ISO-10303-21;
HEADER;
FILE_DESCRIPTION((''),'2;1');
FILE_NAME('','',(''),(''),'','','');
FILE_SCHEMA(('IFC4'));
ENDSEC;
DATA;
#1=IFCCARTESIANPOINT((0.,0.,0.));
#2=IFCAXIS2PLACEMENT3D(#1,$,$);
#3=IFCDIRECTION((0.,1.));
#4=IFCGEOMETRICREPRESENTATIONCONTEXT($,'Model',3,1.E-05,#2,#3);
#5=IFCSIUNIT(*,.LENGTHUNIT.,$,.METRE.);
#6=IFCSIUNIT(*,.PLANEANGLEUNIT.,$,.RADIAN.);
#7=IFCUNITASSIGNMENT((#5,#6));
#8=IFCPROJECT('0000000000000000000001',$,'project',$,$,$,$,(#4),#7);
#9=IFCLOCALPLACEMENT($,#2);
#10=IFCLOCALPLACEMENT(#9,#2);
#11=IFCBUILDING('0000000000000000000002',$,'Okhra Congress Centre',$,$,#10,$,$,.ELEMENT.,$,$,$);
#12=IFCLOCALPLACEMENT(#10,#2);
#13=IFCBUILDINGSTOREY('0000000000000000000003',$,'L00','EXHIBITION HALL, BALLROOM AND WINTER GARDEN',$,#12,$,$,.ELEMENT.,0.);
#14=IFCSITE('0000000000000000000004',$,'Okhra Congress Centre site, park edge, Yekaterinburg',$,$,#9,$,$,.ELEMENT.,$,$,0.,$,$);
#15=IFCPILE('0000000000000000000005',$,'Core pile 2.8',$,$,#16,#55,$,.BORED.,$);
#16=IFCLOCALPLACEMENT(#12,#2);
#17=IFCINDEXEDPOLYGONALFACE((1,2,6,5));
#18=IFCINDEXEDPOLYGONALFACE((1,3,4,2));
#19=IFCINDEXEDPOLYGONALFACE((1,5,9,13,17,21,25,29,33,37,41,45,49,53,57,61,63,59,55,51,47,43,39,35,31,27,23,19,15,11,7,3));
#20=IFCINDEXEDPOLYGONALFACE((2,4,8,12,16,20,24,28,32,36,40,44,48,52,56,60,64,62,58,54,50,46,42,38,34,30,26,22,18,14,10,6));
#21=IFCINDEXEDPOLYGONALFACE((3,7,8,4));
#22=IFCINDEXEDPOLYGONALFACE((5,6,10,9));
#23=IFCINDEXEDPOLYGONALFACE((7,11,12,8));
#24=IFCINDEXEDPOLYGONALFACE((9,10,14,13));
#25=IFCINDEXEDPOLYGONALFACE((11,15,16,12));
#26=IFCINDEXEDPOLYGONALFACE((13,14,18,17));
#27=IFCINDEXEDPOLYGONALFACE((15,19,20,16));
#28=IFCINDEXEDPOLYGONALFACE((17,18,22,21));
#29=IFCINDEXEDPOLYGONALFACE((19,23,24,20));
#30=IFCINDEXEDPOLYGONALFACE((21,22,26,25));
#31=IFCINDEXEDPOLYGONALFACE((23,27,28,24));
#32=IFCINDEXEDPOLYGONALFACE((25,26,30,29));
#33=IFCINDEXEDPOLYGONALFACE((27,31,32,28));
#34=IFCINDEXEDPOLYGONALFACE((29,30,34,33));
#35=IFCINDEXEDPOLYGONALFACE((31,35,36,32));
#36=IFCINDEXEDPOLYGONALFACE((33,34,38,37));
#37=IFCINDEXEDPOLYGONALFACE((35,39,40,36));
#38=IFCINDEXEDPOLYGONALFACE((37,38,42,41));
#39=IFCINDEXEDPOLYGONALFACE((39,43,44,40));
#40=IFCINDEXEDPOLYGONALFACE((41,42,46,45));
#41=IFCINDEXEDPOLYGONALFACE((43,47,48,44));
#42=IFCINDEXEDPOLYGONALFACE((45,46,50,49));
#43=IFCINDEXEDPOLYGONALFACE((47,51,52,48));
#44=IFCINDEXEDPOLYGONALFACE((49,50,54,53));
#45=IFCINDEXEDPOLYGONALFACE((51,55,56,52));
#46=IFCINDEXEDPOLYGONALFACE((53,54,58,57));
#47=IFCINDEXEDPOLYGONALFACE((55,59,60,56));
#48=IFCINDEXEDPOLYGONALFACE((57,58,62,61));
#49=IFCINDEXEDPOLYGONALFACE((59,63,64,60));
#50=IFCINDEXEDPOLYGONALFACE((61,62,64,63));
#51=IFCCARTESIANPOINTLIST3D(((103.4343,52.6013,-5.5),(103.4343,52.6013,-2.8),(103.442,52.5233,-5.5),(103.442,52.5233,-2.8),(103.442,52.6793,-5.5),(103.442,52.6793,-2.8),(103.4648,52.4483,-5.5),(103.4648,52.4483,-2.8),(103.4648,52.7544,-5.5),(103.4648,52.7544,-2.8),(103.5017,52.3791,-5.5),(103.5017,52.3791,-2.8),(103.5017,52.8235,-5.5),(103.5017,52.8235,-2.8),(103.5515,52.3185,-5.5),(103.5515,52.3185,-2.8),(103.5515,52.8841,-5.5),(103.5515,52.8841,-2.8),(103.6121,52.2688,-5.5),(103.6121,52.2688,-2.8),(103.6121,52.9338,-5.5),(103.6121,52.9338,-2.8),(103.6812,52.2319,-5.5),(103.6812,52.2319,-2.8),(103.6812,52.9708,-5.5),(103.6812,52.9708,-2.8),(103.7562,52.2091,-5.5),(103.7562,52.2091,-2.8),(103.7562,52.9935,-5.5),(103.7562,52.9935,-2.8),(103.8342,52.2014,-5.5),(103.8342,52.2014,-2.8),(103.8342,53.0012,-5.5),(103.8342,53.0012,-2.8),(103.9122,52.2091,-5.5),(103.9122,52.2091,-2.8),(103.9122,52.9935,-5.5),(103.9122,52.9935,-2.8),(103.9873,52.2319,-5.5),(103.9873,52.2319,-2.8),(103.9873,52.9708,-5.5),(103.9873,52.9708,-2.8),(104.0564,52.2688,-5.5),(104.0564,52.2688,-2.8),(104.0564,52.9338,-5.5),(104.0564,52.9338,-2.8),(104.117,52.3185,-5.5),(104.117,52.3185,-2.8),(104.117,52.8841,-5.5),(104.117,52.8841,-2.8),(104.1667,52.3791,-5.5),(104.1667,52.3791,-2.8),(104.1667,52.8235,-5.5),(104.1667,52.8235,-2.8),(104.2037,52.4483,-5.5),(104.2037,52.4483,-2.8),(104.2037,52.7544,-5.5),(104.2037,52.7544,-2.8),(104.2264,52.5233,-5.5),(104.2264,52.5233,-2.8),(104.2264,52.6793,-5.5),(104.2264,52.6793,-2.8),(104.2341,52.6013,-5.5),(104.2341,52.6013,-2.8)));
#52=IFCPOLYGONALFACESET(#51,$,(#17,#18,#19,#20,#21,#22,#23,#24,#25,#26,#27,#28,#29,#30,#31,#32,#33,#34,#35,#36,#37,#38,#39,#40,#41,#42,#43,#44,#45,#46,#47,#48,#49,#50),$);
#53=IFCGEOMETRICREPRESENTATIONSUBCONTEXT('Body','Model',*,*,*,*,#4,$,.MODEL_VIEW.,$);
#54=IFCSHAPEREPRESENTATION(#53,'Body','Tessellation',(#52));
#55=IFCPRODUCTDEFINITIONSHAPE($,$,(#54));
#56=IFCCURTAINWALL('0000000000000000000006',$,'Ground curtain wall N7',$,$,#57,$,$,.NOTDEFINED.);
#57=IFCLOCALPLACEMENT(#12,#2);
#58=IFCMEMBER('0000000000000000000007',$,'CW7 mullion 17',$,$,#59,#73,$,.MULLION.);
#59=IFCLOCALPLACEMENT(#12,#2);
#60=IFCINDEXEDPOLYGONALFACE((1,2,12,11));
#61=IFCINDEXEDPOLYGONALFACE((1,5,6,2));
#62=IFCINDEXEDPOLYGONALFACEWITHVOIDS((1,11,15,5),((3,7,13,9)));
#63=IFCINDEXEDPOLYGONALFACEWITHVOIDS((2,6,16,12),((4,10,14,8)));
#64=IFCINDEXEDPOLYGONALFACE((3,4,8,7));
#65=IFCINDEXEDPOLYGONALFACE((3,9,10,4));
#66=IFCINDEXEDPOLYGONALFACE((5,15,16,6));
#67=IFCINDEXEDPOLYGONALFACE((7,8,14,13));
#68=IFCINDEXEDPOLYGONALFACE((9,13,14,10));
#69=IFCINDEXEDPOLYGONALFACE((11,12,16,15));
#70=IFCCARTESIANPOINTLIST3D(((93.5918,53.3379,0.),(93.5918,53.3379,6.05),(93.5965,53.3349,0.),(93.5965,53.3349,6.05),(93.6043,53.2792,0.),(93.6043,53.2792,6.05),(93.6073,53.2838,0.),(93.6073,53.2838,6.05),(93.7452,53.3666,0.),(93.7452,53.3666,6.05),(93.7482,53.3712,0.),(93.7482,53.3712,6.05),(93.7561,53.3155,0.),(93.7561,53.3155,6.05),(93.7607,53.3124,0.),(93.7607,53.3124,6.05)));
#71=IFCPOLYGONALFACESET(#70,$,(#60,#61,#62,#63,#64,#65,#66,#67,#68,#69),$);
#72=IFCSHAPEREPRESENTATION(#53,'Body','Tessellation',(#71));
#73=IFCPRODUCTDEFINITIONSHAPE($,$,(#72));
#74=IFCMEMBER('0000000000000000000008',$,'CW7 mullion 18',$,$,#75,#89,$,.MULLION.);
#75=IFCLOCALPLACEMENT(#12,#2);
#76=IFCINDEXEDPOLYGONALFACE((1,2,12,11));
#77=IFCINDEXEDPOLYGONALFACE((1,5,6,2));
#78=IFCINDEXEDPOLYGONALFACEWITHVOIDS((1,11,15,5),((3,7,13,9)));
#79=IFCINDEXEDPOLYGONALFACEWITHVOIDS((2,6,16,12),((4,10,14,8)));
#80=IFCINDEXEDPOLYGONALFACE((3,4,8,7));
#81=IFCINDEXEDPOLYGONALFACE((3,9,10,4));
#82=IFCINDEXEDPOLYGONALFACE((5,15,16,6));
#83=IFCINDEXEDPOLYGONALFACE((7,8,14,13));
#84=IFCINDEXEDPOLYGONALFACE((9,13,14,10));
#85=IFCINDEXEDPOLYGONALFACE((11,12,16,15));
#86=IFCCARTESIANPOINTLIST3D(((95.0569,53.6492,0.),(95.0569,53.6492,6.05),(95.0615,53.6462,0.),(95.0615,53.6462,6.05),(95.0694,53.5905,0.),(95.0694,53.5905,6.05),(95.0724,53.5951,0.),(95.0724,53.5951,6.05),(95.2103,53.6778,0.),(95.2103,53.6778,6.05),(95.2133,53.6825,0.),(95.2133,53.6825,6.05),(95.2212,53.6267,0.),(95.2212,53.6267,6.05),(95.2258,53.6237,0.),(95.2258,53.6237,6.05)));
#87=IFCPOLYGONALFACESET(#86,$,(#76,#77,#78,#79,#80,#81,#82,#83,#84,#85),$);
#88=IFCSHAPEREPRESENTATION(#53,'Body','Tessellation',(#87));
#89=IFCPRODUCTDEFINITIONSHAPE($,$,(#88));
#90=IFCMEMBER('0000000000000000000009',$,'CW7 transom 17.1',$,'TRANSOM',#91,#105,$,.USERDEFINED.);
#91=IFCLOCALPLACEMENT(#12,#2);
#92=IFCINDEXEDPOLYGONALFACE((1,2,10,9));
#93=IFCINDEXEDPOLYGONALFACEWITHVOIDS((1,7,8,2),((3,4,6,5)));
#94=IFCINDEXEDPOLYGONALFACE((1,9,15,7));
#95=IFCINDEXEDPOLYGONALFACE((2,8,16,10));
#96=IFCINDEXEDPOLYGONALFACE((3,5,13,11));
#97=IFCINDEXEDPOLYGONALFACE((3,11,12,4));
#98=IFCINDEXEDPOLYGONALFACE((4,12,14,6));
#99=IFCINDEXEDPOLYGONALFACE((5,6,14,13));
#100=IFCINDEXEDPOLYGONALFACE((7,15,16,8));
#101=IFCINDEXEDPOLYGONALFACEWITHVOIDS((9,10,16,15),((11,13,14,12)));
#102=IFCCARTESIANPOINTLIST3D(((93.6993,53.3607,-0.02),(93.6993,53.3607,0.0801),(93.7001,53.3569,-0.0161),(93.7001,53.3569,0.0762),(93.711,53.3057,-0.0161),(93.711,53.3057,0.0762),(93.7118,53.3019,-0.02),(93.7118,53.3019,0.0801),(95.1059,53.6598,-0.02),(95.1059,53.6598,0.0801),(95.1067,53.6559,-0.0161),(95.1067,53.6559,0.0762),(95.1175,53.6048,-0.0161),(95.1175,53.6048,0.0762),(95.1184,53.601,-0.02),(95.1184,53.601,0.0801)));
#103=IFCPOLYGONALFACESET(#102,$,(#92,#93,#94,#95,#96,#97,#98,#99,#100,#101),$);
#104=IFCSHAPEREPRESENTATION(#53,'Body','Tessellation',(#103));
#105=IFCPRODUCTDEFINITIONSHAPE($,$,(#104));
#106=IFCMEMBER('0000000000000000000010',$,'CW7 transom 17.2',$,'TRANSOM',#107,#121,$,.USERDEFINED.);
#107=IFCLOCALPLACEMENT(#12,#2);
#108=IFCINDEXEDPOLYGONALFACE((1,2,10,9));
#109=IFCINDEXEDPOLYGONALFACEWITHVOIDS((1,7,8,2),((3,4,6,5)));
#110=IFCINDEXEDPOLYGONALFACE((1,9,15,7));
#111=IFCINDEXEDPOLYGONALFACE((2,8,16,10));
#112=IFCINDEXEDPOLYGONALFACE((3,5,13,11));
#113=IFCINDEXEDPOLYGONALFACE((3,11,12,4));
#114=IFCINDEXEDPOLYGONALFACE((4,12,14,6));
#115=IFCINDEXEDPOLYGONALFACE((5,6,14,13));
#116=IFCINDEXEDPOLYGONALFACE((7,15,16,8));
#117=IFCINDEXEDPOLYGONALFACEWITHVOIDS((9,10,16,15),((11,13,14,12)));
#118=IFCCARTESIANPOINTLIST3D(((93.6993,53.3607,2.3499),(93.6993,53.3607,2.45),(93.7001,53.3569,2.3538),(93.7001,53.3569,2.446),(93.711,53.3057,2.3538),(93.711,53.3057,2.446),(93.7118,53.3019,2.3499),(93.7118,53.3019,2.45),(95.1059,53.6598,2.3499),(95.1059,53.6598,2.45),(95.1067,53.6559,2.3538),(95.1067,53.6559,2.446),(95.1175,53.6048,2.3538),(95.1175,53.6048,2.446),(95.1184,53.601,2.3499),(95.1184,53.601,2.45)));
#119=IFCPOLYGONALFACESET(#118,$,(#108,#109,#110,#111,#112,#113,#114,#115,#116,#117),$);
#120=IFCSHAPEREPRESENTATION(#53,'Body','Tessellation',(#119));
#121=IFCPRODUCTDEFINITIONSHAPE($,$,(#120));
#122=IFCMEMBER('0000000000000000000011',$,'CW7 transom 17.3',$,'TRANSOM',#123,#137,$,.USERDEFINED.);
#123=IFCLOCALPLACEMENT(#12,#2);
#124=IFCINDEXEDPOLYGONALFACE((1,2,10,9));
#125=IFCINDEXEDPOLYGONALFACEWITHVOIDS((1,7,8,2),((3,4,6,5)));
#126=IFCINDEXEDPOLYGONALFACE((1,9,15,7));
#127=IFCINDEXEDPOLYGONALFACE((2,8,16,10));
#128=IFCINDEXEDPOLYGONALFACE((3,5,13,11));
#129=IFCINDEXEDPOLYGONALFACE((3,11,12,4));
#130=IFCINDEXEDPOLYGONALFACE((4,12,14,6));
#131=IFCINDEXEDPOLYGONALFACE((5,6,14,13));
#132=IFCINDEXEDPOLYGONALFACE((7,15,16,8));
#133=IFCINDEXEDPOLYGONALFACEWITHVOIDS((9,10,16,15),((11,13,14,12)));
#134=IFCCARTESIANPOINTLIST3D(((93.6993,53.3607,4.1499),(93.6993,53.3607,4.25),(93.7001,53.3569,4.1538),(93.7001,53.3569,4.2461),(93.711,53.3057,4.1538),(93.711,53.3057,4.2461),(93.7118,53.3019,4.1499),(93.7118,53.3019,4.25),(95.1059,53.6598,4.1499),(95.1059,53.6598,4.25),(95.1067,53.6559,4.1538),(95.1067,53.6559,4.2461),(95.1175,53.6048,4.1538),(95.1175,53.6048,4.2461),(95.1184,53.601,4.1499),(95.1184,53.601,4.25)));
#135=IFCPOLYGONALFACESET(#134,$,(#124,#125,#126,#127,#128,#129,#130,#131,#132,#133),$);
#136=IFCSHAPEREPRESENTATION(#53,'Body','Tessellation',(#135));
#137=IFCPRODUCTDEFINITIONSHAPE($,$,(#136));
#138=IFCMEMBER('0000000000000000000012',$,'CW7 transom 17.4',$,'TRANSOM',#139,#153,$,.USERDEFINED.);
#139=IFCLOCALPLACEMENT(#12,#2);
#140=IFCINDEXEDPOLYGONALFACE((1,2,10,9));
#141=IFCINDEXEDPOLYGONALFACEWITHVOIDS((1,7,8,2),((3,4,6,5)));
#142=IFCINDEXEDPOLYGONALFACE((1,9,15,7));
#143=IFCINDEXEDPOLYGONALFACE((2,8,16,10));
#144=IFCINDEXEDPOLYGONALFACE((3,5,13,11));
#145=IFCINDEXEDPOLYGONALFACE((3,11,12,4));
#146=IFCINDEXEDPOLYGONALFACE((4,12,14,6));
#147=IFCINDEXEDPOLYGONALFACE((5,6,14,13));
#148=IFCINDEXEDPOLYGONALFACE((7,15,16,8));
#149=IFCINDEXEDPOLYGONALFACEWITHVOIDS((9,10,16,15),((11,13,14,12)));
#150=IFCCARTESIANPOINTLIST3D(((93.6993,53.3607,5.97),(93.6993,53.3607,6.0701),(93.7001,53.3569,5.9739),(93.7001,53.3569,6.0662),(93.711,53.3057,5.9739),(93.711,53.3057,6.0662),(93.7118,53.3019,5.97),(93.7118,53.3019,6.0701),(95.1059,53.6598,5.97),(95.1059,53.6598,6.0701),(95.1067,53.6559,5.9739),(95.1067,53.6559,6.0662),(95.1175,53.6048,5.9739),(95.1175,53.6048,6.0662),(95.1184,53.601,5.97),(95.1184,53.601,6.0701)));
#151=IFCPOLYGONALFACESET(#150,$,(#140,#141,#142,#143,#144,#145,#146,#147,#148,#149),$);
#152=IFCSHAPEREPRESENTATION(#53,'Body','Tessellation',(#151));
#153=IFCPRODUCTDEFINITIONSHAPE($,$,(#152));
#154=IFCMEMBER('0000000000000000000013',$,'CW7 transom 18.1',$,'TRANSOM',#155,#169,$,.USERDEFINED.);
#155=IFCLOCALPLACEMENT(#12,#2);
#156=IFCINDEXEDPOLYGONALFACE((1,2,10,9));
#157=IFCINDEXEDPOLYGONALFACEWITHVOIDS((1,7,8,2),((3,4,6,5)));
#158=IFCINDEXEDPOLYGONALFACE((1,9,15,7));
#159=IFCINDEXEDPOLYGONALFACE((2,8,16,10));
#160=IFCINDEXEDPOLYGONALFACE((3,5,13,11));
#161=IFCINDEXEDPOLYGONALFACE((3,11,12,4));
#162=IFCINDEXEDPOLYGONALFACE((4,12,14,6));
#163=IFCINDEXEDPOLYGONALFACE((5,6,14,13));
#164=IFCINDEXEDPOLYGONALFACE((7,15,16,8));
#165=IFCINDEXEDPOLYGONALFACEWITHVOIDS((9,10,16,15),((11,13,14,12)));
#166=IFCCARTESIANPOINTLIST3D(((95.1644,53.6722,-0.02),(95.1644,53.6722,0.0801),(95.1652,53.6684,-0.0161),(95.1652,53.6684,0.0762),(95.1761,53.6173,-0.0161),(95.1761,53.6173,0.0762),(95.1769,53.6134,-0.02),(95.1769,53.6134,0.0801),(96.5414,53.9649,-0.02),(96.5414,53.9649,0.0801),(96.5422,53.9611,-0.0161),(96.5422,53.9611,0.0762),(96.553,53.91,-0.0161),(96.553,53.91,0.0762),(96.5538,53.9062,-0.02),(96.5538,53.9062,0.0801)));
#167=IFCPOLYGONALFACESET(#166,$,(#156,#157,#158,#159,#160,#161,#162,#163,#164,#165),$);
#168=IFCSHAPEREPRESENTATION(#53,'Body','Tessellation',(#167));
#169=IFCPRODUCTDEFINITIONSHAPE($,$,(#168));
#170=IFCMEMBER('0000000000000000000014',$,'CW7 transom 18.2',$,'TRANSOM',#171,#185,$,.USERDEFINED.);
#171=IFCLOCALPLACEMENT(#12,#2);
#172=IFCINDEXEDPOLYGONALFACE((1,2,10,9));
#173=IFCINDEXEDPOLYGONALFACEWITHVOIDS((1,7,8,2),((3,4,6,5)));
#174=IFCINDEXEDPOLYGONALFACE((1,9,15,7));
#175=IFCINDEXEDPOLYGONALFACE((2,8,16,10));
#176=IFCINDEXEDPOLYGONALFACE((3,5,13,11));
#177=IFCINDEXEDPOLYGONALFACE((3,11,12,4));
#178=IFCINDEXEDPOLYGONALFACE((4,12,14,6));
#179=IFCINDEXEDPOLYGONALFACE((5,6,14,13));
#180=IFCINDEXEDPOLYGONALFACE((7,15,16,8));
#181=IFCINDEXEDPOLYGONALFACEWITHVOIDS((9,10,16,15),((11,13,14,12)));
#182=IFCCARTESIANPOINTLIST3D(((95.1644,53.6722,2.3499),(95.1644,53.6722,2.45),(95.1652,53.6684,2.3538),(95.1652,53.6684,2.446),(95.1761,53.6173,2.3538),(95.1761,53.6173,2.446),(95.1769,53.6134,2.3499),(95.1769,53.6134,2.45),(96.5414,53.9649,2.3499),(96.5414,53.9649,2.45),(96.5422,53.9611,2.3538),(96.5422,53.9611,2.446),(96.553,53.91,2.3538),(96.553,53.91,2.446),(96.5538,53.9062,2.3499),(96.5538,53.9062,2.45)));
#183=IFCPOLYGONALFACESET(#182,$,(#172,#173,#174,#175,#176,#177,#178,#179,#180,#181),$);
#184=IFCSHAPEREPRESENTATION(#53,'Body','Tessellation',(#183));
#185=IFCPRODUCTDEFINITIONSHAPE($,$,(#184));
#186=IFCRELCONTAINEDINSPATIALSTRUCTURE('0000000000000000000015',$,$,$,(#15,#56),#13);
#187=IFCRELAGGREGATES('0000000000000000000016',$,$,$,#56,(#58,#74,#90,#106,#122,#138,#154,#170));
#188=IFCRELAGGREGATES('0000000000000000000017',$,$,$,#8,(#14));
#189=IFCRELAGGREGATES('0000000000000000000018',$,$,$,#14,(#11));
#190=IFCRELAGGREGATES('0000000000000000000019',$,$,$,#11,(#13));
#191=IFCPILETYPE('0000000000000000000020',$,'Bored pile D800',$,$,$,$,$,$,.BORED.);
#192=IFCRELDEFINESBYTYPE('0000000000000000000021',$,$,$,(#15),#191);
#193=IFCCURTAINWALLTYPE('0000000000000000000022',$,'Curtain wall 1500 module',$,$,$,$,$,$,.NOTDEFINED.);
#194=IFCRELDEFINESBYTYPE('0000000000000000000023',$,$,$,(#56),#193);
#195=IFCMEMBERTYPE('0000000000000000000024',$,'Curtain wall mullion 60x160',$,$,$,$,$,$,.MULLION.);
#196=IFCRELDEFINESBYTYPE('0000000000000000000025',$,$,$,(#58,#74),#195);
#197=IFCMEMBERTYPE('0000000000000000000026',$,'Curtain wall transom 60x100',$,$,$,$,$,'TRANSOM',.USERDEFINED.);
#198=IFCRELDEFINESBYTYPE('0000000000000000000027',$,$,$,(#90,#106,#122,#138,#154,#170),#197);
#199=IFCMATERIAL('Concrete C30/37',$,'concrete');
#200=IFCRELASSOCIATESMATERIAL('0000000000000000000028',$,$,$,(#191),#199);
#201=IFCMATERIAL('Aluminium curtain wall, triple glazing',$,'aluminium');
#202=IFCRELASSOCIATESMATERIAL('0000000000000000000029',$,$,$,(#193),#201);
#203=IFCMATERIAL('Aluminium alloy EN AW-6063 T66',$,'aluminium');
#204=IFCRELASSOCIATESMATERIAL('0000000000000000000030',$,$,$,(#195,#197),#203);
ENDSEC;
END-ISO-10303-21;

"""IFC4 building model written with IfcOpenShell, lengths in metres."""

from ifc_helpers import new_model, si_unit, direction, frame, origin, origin_2d, place, context, subcontext, project, spatial, hollow_rectangle, circle, extrude, material, material_profile, profile_set, type_object, element, aggregate, save


model = new_model("IFC4")

# Units and contexts
model_context = context("Model", 3, precision=1e-05, world=origin(), true_north=direction((0.0, 1.0)))
body_context = subcontext(model_context, "Body", "Model", "MODEL_VIEW")
ifc_project = project(units=[si_unit("LENGTHUNIT", "METRE"), si_unit("PLANEANGLEUNIT", "RADIAN")], contexts=[model_context])

# Site, building, storey
site_placement = place(None, origin())
site = spatial("IfcSite", under=ifc_project, at=site_placement, Name="Okhra Congress Centre site, park edge, Yekaterinburg", CompositionType="ELEMENT", RefElevation=0.0)
building_placement = place(site_placement, origin())
building = spatial("IfcBuilding", under=site, at=building_placement, Name="Okhra Congress Centre", CompositionType="ELEMENT")
storey_placement = place(building_placement, origin())
storey = spatial("IfcBuildingStorey", under=building, at=storey_placement, Name="L00", Description="EXHIBITION HALL, BALLROOM AND WINTER GARDEN", CompositionType="ELEMENT", Elevation=0.0)

# Pile
ifc_material_1 = material(Name="Concrete C30/37", Category="concrete")
ifc_material_profile_1 = material_profile(ifc_material_1, circle(Radius=0.3999, at=origin_2d()), Name="D800")
ifc_profile_set_1 = profile_set([ifc_material_profile_1], Name="Concrete C30/37")
pile_type = type_object("IfcPileType", Name="Bored pile D800", PredefinedType="BORED", material=ifc_profile_set_1)
pile_placement = place(storey_placement, frame((103.8342, 52.6013, -2.8), z_axis=(0.0, 0.0, -1.0), x_axis=(1.0, 0.0, 0.0)))
element("IfcPile", 1, at=pile_placement, inside=storey, type_object=pile_type, Name="Core pile 2.8", PredefinedType="BORED", context=body_context, shape_type="SweptSolid", body=[
    extrude(circle(Radius=0.3999, at=origin_2d()), origin(), (0.0, 0.0, 1.0), 2.7),
])

# Curtain wall, members
ifc_material_2 = material(Name="Aluminium curtain wall, triple glazing", Category="aluminium")
curtain_wall_type = type_object("IfcCurtainWallType", Name="Curtain wall 1500 module", PredefinedType="NOTDEFINED", material=ifc_material_2)
curtain_wall_placement = place(storey_placement, origin())
curtain_wall = element("IfcCurtainWall", 2, at=curtain_wall_placement, inside=storey, type_object=curtain_wall_type, Name="Ground curtain wall N7", PredefinedType="NOTDEFINED")
ifc_material_3 = material(Name="Aluminium alloy EN AW-6063 T66", Category="aluminium")
ifc_material_profile_2 = material_profile(ifc_material_3, hollow_rectangle(XDim=0.0601, YDim=0.1599, WallThickness=0.0039, at=origin_2d()), Name="RHS 60x160x4")
ifc_profile_set_2 = profile_set([ifc_material_profile_2], Name="Aluminium alloy EN AW-6063 T66")
member_type_1 = type_object("IfcMemberType", Name="Curtain wall mullion 60x160", PredefinedType="MULLION", material=ifc_profile_set_2)
member_1_placement = place(storey_placement, frame((93.6763, 53.3252, 0.0), z_axis=(0.0, 0.0, 1.0), x_axis=(-0.207912, 0.978148, 0.0)))
member_1 = element("IfcMember", 3, at=member_1_placement, type_object=member_type_1, Name="CW7 mullion 17", PredefinedType="MULLION", context=body_context, shape_type="SweptSolid", body=[
    extrude(hollow_rectangle(XDim=0.0601, YDim=0.1599, WallThickness=0.0039, at=origin_2d()), origin(), (0.0, 0.0, 1.0), 6.05),
])
member_2_placement = place(storey_placement, frame((95.1414, 53.6365, 0.0), z_axis=(0.0, 0.0, 1.0), x_axis=(-0.207912, 0.978148, 0.0)))
member_2 = element("IfcMember", 4, at=member_2_placement, type_object=member_type_1, Name="CW7 mullion 18", PredefinedType="MULLION", context=body_context, shape_type="SweptSolid", body=[
    extrude(hollow_rectangle(XDim=0.0601, YDim=0.1599, WallThickness=0.0039, at=origin_2d()), origin(), (0.0, 0.0, 1.0), 6.05),
])
ifc_material_profile_3 = material_profile(ifc_material_3, hollow_rectangle(XDim=0.0601, YDim=0.1001, WallThickness=0.0039, at=origin_2d()), Name="RHS 60x100x4")
ifc_profile_set_3 = profile_set([ifc_material_profile_3], Name="Aluminium alloy EN AW-6063 T66")
member_type_2 = type_object("IfcMemberType", Name="Curtain wall transom 60x100", ElementType="TRANSOM", PredefinedType="USERDEFINED", material=ifc_profile_set_3)
member_3_placement = place(storey_placement, frame((93.7056, 53.3313, 0.03), z_axis=(0.978132, 0.207987, 0.0), x_axis=(-0.207987, 0.978132, 0.0)))
member_3 = element("IfcMember", 5, at=member_3_placement, type_object=member_type_2, Name="CW7 transom 17.1", ObjectType="TRANSOM", PredefinedType="USERDEFINED", context=body_context, shape_type="SweptSolid", body=[
    extrude(hollow_rectangle(XDim=0.0601, YDim=0.1001, WallThickness=0.0039, at=origin_2d()), origin(), (0.0, 0.0, 1.0), 1.438),
])
member_4_placement = place(storey_placement, frame((93.7056, 53.3313, 2.3999), z_axis=(0.978132, 0.207987, 0.0), x_axis=(-0.207987, 0.978132, 0.0)))
member_4 = element("IfcMember", 6, at=member_4_placement, type_object=member_type_2, Name="CW7 transom 17.2", ObjectType="TRANSOM", PredefinedType="USERDEFINED", context=body_context, shape_type="SweptSolid", body=[
    extrude(hollow_rectangle(XDim=0.0601, YDim=0.1001, WallThickness=0.0039, at=origin_2d()), origin(), (0.0, 0.0, 1.0), 1.438),
])
member_5_placement = place(storey_placement, frame((93.7056, 53.3313, 4.2), z_axis=(0.978132, 0.207987, 0.0), x_axis=(-0.207987, 0.978132, 0.0)))
member_5 = element("IfcMember", 7, at=member_5_placement, type_object=member_type_2, Name="CW7 transom 17.3", ObjectType="TRANSOM", PredefinedType="USERDEFINED", context=body_context, shape_type="SweptSolid", body=[
    extrude(hollow_rectangle(XDim=0.0601, YDim=0.1001, WallThickness=0.0039, at=origin_2d()), origin(), (0.0, 0.0, 1.0), 1.438),
])
member_6_placement = place(storey_placement, frame((93.7056, 53.3313, 6.02), z_axis=(0.978132, 0.207987, 0.0), x_axis=(-0.207987, 0.978132, 0.0)))
member_6 = element("IfcMember", 8, at=member_6_placement, type_object=member_type_2, Name="CW7 transom 17.4", ObjectType="TRANSOM", PredefinedType="USERDEFINED", context=body_context, shape_type="SweptSolid", body=[
    extrude(hollow_rectangle(XDim=0.0601, YDim=0.1001, WallThickness=0.0039, at=origin_2d()), origin(), (0.0, 0.0, 1.0), 1.438),
])
member_7_placement = place(storey_placement, frame((95.1707, 53.6428, 0.03), z_axis=(0.978141, 0.207942, 0.0), x_axis=(-0.207942, 0.978141, 0.0)))
member_7 = element("IfcMember", 9, at=member_7_placement, type_object=member_type_2, Name="CW7 transom 18.1", ObjectType="TRANSOM", PredefinedType="USERDEFINED", context=body_context, shape_type="SweptSolid", body=[
    extrude(hollow_rectangle(XDim=0.0601, YDim=0.1001, WallThickness=0.0039, at=origin_2d()), origin(), (0.0, 0.0, 1.0), 1.4077),
])
member_8_placement = place(storey_placement, frame((95.1707, 53.6428, 2.3999), z_axis=(0.978141, 0.207942, 0.0), x_axis=(-0.207942, 0.978141, 0.0)))
member_8 = element("IfcMember", 10, at=member_8_placement, type_object=member_type_2, Name="CW7 transom 18.2", ObjectType="TRANSOM", PredefinedType="USERDEFINED", context=body_context, shape_type="SweptSolid", body=[
    extrude(hollow_rectangle(XDim=0.0601, YDim=0.1001, WallThickness=0.0039, at=origin_2d()), origin(), (0.0, 0.0, 1.0), 1.4077),
])
aggregate(curtain_wall, [member_1, member_2, member_3, member_4, member_5, member_6, member_7, member_8])

save(model, "model.ifc")
